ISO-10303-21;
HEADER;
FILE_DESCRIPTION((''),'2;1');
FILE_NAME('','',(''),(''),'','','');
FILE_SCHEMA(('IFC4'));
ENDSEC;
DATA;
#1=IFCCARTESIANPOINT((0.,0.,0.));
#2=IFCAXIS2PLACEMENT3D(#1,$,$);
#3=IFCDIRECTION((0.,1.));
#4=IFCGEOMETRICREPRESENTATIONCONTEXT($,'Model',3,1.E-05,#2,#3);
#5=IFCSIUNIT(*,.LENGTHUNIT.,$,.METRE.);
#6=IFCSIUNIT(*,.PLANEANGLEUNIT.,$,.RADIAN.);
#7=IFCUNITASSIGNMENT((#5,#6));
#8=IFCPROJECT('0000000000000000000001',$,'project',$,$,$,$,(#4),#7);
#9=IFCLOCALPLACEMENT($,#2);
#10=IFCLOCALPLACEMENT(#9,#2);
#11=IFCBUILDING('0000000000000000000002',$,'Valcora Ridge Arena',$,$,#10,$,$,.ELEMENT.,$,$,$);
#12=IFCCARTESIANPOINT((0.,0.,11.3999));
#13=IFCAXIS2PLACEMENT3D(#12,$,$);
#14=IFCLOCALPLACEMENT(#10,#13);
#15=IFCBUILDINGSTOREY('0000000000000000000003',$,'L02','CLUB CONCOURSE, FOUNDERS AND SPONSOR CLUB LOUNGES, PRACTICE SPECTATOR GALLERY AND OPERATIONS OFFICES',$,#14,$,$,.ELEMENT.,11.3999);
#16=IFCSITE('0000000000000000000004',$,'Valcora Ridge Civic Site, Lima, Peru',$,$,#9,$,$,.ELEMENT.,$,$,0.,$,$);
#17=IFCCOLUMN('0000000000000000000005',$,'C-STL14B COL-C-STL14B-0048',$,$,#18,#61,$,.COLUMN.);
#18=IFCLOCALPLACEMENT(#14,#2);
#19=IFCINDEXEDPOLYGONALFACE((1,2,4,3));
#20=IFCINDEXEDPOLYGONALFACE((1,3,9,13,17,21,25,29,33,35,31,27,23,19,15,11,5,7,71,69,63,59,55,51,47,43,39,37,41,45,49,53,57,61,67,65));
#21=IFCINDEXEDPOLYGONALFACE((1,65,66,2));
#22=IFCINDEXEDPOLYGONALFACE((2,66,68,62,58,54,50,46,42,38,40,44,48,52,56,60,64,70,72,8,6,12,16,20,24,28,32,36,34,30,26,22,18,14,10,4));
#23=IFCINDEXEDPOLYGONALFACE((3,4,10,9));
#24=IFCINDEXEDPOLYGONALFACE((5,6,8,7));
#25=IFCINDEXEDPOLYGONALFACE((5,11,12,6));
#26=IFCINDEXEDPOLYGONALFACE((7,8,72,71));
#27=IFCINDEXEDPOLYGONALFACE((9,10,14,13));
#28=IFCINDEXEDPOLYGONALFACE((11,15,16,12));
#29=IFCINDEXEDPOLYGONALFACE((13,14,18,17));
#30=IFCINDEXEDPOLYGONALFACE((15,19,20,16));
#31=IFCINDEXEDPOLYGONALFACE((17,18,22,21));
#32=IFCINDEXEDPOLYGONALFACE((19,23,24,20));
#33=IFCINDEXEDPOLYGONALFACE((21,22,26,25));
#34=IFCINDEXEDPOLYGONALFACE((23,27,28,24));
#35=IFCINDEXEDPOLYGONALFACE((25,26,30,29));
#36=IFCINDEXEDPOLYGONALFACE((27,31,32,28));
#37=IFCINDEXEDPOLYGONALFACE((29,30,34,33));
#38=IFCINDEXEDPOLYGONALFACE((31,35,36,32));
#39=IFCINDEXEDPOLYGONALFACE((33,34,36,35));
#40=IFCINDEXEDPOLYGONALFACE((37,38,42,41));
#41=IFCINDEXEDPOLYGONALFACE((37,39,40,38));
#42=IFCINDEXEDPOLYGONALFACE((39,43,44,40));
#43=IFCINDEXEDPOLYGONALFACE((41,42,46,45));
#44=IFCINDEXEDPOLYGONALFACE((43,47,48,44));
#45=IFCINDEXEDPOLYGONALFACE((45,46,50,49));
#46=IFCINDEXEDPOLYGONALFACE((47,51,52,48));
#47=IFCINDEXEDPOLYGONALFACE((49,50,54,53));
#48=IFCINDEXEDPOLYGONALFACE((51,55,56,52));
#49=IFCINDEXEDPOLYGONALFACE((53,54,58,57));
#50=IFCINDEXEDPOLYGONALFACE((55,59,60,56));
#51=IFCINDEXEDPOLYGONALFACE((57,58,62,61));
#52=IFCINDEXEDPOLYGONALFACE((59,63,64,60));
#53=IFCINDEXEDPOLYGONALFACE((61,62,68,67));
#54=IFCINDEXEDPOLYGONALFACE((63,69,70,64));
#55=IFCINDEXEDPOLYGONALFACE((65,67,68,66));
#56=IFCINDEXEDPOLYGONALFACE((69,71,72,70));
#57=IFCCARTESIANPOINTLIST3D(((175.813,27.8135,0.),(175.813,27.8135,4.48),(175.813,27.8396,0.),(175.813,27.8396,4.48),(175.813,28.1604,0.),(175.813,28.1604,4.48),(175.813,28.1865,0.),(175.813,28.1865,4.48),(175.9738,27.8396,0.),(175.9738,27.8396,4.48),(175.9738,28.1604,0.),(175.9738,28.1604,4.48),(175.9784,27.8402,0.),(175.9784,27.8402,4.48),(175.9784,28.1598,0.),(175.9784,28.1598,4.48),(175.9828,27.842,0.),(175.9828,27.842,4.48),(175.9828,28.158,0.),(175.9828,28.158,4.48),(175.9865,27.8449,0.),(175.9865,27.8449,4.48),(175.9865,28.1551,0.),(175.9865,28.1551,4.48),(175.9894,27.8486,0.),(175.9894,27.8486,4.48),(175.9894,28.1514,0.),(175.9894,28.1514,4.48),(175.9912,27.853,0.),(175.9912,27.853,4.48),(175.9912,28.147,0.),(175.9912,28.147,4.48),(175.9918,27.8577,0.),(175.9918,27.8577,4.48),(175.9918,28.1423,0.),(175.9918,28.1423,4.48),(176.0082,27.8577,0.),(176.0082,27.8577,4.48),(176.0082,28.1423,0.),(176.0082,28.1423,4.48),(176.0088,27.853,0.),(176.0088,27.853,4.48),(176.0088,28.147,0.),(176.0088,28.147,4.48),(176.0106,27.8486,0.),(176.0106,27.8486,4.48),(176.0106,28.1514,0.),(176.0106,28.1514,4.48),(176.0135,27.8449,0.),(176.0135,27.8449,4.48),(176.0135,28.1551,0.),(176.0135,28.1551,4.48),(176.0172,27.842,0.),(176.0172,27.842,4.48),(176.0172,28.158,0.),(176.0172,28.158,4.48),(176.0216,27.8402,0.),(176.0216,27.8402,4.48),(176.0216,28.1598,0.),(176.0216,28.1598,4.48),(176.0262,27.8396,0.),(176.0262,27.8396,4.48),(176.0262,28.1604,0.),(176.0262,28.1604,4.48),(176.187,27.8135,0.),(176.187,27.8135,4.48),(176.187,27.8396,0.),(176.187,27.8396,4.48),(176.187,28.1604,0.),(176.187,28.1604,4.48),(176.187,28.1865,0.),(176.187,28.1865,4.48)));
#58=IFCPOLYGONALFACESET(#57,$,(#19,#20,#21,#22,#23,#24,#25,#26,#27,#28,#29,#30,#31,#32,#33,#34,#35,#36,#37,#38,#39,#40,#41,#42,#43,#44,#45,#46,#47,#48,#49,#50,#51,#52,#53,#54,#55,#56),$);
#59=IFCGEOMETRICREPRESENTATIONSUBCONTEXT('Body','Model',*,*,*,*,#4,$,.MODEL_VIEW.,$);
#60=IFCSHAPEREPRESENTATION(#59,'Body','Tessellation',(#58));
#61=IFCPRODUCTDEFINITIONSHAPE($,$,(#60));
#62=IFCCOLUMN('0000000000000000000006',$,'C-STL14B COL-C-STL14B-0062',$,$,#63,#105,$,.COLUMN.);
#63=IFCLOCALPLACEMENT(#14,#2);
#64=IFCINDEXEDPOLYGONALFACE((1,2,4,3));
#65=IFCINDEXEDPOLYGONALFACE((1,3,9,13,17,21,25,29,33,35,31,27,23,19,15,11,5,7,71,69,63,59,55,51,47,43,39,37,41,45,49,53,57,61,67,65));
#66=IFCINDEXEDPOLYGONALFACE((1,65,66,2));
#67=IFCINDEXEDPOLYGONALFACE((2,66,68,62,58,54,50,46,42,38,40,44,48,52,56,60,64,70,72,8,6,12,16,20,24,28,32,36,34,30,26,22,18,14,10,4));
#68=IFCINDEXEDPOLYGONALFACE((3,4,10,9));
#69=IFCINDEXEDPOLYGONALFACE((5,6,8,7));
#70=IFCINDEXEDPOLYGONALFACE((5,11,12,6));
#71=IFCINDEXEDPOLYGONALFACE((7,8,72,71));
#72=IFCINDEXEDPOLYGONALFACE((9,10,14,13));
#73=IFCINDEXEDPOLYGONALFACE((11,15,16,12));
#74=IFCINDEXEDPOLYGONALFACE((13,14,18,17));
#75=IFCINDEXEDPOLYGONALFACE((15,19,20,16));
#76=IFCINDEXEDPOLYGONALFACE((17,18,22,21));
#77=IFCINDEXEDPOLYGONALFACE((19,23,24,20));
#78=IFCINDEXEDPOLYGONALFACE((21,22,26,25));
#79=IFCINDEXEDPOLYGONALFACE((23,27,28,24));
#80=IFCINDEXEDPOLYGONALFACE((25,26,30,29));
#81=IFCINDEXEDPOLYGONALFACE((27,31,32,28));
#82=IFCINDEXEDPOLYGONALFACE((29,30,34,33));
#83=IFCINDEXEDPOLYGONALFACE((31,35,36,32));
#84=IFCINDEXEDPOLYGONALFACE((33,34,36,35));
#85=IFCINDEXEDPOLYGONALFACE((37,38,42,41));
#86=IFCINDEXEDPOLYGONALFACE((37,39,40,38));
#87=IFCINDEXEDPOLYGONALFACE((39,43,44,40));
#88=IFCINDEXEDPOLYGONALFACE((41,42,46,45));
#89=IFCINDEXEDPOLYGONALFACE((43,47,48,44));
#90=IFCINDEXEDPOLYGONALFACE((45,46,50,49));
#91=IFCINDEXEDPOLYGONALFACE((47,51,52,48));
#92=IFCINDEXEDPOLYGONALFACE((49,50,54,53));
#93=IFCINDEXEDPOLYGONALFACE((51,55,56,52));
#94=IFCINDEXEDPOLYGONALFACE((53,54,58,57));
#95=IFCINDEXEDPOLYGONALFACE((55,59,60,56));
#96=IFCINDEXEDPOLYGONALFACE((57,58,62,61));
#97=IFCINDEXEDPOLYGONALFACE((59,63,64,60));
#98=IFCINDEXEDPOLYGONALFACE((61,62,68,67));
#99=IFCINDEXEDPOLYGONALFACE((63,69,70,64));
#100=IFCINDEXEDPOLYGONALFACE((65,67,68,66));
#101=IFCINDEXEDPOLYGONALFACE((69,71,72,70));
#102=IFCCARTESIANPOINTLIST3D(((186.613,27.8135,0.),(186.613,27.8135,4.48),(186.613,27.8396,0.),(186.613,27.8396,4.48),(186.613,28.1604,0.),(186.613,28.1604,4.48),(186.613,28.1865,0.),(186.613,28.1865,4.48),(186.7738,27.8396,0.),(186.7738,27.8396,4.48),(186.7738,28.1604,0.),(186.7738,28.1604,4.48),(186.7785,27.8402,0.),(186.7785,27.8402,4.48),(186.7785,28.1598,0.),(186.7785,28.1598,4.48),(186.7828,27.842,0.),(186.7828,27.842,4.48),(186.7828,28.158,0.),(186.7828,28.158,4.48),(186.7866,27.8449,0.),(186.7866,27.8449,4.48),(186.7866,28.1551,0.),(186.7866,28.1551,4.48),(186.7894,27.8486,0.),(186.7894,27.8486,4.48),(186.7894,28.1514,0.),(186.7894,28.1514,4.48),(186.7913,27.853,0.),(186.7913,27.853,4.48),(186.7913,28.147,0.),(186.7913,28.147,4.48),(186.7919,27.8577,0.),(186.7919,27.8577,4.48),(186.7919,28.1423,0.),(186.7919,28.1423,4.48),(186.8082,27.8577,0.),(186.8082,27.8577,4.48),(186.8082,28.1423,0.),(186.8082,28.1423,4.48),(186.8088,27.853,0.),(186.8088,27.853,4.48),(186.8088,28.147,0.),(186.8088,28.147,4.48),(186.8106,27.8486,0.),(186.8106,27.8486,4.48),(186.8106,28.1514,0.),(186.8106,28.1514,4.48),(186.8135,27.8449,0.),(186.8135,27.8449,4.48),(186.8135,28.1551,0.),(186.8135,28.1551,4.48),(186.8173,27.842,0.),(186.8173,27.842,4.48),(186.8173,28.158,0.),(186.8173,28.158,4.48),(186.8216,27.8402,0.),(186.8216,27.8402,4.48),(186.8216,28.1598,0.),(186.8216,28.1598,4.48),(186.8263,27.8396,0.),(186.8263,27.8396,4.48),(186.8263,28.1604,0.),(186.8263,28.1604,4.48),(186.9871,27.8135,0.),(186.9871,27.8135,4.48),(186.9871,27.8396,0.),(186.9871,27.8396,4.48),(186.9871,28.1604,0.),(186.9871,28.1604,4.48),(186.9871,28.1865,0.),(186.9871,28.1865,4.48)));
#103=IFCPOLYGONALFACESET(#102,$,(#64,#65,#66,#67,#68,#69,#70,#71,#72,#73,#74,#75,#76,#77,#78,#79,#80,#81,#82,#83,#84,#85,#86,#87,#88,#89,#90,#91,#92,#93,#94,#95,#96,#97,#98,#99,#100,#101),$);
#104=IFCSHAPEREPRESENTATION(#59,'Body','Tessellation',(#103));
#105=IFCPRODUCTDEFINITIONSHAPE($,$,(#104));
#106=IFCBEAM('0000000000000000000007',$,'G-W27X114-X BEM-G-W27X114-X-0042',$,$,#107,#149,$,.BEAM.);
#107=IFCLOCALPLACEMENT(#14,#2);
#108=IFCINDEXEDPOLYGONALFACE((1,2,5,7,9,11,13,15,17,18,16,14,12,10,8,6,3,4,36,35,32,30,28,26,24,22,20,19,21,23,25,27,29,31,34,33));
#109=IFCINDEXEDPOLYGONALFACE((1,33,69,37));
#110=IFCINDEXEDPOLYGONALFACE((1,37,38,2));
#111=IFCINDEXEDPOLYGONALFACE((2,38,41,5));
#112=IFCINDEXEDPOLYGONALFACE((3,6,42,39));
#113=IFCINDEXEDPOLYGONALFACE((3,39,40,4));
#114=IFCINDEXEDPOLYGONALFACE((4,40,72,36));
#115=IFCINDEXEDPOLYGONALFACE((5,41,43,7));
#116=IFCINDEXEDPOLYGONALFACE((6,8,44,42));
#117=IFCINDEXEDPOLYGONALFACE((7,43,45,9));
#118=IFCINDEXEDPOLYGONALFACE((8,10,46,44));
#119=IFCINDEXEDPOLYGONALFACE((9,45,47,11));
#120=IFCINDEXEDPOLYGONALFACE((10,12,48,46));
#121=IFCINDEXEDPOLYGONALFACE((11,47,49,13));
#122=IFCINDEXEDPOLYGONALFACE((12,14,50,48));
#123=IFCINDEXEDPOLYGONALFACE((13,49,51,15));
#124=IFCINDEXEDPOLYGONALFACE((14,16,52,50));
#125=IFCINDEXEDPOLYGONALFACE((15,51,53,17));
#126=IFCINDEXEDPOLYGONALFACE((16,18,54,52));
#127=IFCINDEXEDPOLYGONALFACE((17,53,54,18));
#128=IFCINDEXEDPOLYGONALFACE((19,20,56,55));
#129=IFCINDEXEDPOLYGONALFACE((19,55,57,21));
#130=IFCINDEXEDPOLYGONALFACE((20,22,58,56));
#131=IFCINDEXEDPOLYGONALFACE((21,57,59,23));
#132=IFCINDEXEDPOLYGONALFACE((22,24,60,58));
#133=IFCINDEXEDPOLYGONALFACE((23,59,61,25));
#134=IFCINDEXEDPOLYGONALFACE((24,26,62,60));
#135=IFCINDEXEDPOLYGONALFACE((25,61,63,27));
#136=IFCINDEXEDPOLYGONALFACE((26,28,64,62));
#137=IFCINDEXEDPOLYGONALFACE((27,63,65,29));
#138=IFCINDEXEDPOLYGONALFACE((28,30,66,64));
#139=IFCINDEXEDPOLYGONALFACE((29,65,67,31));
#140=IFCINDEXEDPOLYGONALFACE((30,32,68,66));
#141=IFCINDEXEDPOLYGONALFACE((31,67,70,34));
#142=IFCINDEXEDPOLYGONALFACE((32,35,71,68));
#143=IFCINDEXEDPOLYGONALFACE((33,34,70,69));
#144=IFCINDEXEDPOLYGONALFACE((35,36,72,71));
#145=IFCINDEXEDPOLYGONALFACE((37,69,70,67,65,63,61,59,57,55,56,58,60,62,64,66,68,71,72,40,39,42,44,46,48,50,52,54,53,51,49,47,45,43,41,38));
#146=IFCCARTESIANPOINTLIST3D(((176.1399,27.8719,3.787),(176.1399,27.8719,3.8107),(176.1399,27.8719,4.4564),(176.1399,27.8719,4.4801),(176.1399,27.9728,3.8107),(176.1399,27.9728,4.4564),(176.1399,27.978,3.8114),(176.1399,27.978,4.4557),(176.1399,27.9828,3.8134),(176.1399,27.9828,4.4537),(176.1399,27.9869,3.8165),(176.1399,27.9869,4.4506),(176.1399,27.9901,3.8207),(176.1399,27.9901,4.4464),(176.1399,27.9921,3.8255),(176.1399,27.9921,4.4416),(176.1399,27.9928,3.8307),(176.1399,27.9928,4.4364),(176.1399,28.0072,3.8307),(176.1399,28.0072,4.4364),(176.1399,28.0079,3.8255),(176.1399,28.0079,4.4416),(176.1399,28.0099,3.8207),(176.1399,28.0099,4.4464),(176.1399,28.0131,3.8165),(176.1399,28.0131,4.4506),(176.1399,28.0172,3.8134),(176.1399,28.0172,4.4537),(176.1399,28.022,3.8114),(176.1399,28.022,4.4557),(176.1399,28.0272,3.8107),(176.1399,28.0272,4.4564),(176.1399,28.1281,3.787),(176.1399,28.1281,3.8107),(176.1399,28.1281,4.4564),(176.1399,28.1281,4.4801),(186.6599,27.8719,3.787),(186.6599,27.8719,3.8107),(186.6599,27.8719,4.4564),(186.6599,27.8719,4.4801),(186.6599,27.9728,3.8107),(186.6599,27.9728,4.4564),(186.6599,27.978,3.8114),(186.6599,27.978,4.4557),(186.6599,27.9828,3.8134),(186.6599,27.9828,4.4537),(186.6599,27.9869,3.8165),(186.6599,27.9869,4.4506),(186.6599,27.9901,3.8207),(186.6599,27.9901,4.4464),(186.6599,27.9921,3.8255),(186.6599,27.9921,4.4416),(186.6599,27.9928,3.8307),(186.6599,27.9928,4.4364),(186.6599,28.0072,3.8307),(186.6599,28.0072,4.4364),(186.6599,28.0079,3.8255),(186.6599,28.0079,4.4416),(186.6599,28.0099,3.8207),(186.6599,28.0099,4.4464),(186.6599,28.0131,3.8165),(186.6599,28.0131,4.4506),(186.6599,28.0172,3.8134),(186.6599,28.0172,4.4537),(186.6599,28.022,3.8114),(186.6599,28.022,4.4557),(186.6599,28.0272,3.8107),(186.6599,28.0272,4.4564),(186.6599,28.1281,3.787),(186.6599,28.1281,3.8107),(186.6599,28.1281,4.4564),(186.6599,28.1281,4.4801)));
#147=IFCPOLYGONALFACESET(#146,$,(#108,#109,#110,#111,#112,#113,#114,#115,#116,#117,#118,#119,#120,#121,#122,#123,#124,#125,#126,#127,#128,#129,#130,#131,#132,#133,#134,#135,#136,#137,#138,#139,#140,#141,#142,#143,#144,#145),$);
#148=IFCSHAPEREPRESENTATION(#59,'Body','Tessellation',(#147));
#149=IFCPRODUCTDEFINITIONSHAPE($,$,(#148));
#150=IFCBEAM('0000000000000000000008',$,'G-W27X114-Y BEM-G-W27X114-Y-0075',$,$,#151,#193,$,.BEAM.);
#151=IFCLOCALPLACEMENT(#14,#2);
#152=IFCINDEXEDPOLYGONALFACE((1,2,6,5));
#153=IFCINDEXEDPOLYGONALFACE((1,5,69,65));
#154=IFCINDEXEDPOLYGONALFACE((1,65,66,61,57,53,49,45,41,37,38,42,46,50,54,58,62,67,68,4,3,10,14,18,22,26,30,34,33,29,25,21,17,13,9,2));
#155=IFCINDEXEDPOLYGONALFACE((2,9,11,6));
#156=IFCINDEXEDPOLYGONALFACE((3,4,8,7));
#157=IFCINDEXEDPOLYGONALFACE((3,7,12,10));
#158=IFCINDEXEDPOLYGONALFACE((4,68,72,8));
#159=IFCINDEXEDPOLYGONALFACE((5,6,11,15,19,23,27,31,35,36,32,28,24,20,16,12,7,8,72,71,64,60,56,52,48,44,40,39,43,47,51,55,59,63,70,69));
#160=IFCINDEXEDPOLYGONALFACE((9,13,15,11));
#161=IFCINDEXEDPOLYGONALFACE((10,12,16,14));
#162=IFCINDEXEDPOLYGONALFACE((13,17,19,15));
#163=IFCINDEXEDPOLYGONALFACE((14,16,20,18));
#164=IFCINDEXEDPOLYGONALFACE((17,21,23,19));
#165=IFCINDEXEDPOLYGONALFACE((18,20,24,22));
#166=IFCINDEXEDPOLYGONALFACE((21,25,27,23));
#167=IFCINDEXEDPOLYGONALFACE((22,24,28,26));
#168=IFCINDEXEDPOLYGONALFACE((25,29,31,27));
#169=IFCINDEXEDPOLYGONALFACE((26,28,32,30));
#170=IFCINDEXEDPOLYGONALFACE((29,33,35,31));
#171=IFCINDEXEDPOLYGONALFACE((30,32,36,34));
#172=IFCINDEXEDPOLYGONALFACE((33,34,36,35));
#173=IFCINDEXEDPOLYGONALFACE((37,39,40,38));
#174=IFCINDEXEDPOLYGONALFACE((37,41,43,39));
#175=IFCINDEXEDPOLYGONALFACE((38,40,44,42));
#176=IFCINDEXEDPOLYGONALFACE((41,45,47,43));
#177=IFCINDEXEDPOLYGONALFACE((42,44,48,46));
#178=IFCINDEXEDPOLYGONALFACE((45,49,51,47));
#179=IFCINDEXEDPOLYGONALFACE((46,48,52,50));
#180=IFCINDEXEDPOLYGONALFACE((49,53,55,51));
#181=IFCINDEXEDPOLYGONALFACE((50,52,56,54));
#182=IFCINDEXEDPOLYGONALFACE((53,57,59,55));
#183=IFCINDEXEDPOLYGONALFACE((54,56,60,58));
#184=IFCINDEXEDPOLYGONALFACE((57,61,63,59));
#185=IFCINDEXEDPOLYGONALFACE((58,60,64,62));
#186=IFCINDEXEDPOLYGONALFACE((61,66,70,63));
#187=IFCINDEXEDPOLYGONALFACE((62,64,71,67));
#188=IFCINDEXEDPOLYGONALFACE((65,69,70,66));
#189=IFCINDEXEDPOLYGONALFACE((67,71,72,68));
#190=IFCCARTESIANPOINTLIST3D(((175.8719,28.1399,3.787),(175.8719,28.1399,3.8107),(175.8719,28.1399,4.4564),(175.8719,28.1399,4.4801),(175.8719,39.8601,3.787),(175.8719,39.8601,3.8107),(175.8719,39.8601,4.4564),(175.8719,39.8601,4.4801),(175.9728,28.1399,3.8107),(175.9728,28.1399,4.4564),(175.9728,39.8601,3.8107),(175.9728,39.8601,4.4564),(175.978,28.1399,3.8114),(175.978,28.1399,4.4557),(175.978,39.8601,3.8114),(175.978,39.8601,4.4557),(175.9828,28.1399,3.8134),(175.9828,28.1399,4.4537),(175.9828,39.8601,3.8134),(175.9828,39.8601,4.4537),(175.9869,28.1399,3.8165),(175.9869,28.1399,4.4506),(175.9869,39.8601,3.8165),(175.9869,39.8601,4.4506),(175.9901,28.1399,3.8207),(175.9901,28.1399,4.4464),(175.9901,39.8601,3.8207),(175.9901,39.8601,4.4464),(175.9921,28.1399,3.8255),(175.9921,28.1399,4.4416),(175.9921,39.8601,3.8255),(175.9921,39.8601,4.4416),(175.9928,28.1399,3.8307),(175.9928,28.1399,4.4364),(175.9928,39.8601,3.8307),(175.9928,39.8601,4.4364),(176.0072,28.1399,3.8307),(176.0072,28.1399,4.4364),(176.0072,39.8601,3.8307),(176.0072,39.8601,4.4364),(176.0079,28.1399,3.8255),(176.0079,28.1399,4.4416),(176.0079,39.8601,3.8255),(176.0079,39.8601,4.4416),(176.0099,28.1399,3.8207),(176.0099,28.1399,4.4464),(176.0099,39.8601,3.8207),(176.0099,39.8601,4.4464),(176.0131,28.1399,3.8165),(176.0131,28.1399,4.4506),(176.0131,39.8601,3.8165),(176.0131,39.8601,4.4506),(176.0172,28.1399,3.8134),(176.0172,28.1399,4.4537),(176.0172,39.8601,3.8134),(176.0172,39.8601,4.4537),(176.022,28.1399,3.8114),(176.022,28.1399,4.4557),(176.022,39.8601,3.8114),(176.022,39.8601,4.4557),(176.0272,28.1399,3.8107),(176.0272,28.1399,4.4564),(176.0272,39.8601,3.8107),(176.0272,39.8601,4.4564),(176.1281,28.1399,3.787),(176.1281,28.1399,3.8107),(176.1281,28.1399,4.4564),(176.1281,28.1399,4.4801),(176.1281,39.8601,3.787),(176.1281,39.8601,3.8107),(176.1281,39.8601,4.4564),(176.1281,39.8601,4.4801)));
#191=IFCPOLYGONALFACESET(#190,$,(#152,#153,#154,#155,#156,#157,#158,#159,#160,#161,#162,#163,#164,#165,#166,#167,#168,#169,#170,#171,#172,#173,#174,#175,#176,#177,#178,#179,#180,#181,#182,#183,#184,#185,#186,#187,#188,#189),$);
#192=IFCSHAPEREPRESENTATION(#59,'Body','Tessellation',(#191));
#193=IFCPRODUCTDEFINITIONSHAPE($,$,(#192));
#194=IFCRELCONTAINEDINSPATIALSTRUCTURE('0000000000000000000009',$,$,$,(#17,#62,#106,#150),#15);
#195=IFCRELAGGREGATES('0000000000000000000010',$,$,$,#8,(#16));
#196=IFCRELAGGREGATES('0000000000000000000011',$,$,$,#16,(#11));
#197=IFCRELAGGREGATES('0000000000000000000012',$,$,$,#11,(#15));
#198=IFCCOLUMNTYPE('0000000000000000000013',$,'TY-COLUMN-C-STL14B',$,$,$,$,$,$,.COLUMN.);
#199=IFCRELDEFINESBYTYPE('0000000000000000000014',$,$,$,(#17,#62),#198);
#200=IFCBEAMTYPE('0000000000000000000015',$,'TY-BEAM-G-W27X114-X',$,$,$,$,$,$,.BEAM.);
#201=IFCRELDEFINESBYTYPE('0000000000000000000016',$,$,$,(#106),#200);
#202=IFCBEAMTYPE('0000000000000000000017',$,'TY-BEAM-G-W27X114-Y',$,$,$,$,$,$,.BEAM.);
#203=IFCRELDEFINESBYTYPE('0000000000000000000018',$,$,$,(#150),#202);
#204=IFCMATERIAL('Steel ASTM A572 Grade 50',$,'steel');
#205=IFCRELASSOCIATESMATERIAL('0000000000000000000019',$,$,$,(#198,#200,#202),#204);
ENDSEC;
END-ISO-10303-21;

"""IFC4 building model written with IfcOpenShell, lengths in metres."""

from ifc_helpers import new_model, si_unit, direction, frame, origin, origin_2d, place, context, subcontext, project, spatial, i_section, extrude, material, material_profile, profile_set, type_object, element, save


model = new_model("IFC4")

# Units and contexts
model_context = context("Model", 3, precision=1e-05, world=origin(), true_north=direction((0.0, 1.0)))
body_context = subcontext(model_context, "Body", "Model", "MODEL_VIEW")
ifc_project = project(units=[si_unit("LENGTHUNIT", "METRE"), si_unit("PLANEANGLEUNIT", "RADIAN")], contexts=[model_context])

# Site, building, storey
site_placement = place(None, origin())
site = spatial("IfcSite", under=ifc_project, at=site_placement, Name="Valcora Ridge Civic Site, Lima, Peru", CompositionType="ELEMENT", RefElevation=0.0)
building_placement = place(site_placement, origin())
building = spatial("IfcBuilding", under=site, at=building_placement, Name="Valcora Ridge Arena", CompositionType="ELEMENT")
storey_placement = place(building_placement, frame((0.0, 0.0, 11.3999)))
storey = spatial("IfcBuildingStorey", under=building, at=storey_placement, Name="L02", Description="CLUB CONCOURSE, FOUNDERS AND SPONSOR CLUB LOUNGES, PRACTICE SPECTATOR GALLERY AND OPERATIONS OFFICES", CompositionType="ELEMENT", Elevation=11.3999)

# Columns
ifc_material_1 = material(Name="Steel ASTM A572 Grade 50", Category="steel")
ifc_material_profile_1 = material_profile(ifc_material_1, i_section(OverallWidth=0.374, OverallDepth=0.373, WebThickness=0.0164, FlangeThickness=0.0261, FilletRadius=0.0181, at=origin_2d()), Name="W14X132")
ifc_profile_set_1 = profile_set([ifc_material_profile_1], Name="Steel ASTM A572 Grade 50")
column_type = type_object("IfcColumnType", Name="TY-COLUMN-C-STL14B", PredefinedType="COLUMN", material=ifc_profile_set_1)
for number, where, z_axis, x_axis, name in (
    (1, (176.0, 28.0, 0.0), (0.0, 0.0, 1.0), (1.0, 0.0, 0.0), "C-STL14B COL-C-STL14B-0048"),
    (2, (186.8, 28.0, 0.0), (0.0, 0.0, 1.0), (1.0, 0.0, 0.0), "C-STL14B COL-C-STL14B-0062"),
):
    element("IfcColumn", number, at=place(storey_placement, frame(where, z_axis=z_axis, x_axis=x_axis)), inside=storey, type_object=column_type, Name=name, PredefinedType="COLUMN", context=body_context, shape_type="SweptSolid", body=[
        extrude(i_section(OverallWidth=0.374, OverallDepth=0.373, WebThickness=0.0164, FlangeThickness=0.0261, FilletRadius=0.0181, at=origin_2d()), origin(), (0.0, 0.0, 1.0), 4.48),
    ])

# Beams
ifc_material_profile_2 = material_profile(ifc_material_1, i_section(OverallWidth=0.2561, OverallDepth=0.6931, WebThickness=0.0144, FlangeThickness=0.0237, FilletRadius=0.02, at=origin_2d()), Name="W27X114")
ifc_profile_set_2 = profile_set([ifc_material_profile_2], Name="Steel ASTM A572 Grade 50")
beam_type_1 = type_object("IfcBeamType", Name="TY-BEAM-G-W27X114-X", PredefinedType="BEAM", material=ifc_profile_set_2)
beam_1_placement = place(storey_placement, frame((176.1399, 28.0, 4.1335), z_axis=(1.0, 0.0, 0.0), x_axis=(0.0, 1.0, 0.0)))
element("IfcBeam", 3, at=beam_1_placement, inside=storey, type_object=beam_type_1, Name="G-W27X114-X BEM-G-W27X114-X-0042", PredefinedType="BEAM", context=body_context, shape_type="SweptSolid", body=[
    extrude(i_section(OverallWidth=0.2561, OverallDepth=0.6931, WebThickness=0.0144, FlangeThickness=0.0237, FilletRadius=0.02, at=origin_2d()), origin(), (0.0, 0.0, 1.0), 10.52),
])
ifc_material_profile_3 = material_profile(ifc_material_1, i_section(OverallWidth=0.2561, OverallDepth=0.6931, WebThickness=0.0144, FlangeThickness=0.0237, FilletRadius=0.02, at=origin_2d()), Name="W27X114")
ifc_profile_set_3 = profile_set([ifc_material_profile_3], Name="Steel ASTM A572 Grade 50")
beam_type_2 = type_object("IfcBeamType", Name="TY-BEAM-G-W27X114-Y", PredefinedType="BEAM", material=ifc_profile_set_3)
for number, where, z_axis, x_axis, name in (
    (4, (176.0, 28.1399, 4.1335), (0.0, 1.0, 0.0), (-1.0, 0.0, 0.0), "G-W27X114-Y BEM-G-W27X114-Y-0075"),
):
    element("IfcBeam", number, at=place(storey_placement, frame(where, z_axis=z_axis, x_axis=x_axis)), inside=storey, type_object=beam_type_2, Name=name, PredefinedType="BEAM", context=body_context, shape_type="SweptSolid", body=[
        extrude(i_section(OverallWidth=0.2561, OverallDepth=0.6931, WebThickness=0.0144, FlangeThickness=0.0237, FilletRadius=0.02, at=origin_2d()), origin(), (0.0, 0.0, 1.0), 11.7202),
    ])

save(model, "model.ifc")
